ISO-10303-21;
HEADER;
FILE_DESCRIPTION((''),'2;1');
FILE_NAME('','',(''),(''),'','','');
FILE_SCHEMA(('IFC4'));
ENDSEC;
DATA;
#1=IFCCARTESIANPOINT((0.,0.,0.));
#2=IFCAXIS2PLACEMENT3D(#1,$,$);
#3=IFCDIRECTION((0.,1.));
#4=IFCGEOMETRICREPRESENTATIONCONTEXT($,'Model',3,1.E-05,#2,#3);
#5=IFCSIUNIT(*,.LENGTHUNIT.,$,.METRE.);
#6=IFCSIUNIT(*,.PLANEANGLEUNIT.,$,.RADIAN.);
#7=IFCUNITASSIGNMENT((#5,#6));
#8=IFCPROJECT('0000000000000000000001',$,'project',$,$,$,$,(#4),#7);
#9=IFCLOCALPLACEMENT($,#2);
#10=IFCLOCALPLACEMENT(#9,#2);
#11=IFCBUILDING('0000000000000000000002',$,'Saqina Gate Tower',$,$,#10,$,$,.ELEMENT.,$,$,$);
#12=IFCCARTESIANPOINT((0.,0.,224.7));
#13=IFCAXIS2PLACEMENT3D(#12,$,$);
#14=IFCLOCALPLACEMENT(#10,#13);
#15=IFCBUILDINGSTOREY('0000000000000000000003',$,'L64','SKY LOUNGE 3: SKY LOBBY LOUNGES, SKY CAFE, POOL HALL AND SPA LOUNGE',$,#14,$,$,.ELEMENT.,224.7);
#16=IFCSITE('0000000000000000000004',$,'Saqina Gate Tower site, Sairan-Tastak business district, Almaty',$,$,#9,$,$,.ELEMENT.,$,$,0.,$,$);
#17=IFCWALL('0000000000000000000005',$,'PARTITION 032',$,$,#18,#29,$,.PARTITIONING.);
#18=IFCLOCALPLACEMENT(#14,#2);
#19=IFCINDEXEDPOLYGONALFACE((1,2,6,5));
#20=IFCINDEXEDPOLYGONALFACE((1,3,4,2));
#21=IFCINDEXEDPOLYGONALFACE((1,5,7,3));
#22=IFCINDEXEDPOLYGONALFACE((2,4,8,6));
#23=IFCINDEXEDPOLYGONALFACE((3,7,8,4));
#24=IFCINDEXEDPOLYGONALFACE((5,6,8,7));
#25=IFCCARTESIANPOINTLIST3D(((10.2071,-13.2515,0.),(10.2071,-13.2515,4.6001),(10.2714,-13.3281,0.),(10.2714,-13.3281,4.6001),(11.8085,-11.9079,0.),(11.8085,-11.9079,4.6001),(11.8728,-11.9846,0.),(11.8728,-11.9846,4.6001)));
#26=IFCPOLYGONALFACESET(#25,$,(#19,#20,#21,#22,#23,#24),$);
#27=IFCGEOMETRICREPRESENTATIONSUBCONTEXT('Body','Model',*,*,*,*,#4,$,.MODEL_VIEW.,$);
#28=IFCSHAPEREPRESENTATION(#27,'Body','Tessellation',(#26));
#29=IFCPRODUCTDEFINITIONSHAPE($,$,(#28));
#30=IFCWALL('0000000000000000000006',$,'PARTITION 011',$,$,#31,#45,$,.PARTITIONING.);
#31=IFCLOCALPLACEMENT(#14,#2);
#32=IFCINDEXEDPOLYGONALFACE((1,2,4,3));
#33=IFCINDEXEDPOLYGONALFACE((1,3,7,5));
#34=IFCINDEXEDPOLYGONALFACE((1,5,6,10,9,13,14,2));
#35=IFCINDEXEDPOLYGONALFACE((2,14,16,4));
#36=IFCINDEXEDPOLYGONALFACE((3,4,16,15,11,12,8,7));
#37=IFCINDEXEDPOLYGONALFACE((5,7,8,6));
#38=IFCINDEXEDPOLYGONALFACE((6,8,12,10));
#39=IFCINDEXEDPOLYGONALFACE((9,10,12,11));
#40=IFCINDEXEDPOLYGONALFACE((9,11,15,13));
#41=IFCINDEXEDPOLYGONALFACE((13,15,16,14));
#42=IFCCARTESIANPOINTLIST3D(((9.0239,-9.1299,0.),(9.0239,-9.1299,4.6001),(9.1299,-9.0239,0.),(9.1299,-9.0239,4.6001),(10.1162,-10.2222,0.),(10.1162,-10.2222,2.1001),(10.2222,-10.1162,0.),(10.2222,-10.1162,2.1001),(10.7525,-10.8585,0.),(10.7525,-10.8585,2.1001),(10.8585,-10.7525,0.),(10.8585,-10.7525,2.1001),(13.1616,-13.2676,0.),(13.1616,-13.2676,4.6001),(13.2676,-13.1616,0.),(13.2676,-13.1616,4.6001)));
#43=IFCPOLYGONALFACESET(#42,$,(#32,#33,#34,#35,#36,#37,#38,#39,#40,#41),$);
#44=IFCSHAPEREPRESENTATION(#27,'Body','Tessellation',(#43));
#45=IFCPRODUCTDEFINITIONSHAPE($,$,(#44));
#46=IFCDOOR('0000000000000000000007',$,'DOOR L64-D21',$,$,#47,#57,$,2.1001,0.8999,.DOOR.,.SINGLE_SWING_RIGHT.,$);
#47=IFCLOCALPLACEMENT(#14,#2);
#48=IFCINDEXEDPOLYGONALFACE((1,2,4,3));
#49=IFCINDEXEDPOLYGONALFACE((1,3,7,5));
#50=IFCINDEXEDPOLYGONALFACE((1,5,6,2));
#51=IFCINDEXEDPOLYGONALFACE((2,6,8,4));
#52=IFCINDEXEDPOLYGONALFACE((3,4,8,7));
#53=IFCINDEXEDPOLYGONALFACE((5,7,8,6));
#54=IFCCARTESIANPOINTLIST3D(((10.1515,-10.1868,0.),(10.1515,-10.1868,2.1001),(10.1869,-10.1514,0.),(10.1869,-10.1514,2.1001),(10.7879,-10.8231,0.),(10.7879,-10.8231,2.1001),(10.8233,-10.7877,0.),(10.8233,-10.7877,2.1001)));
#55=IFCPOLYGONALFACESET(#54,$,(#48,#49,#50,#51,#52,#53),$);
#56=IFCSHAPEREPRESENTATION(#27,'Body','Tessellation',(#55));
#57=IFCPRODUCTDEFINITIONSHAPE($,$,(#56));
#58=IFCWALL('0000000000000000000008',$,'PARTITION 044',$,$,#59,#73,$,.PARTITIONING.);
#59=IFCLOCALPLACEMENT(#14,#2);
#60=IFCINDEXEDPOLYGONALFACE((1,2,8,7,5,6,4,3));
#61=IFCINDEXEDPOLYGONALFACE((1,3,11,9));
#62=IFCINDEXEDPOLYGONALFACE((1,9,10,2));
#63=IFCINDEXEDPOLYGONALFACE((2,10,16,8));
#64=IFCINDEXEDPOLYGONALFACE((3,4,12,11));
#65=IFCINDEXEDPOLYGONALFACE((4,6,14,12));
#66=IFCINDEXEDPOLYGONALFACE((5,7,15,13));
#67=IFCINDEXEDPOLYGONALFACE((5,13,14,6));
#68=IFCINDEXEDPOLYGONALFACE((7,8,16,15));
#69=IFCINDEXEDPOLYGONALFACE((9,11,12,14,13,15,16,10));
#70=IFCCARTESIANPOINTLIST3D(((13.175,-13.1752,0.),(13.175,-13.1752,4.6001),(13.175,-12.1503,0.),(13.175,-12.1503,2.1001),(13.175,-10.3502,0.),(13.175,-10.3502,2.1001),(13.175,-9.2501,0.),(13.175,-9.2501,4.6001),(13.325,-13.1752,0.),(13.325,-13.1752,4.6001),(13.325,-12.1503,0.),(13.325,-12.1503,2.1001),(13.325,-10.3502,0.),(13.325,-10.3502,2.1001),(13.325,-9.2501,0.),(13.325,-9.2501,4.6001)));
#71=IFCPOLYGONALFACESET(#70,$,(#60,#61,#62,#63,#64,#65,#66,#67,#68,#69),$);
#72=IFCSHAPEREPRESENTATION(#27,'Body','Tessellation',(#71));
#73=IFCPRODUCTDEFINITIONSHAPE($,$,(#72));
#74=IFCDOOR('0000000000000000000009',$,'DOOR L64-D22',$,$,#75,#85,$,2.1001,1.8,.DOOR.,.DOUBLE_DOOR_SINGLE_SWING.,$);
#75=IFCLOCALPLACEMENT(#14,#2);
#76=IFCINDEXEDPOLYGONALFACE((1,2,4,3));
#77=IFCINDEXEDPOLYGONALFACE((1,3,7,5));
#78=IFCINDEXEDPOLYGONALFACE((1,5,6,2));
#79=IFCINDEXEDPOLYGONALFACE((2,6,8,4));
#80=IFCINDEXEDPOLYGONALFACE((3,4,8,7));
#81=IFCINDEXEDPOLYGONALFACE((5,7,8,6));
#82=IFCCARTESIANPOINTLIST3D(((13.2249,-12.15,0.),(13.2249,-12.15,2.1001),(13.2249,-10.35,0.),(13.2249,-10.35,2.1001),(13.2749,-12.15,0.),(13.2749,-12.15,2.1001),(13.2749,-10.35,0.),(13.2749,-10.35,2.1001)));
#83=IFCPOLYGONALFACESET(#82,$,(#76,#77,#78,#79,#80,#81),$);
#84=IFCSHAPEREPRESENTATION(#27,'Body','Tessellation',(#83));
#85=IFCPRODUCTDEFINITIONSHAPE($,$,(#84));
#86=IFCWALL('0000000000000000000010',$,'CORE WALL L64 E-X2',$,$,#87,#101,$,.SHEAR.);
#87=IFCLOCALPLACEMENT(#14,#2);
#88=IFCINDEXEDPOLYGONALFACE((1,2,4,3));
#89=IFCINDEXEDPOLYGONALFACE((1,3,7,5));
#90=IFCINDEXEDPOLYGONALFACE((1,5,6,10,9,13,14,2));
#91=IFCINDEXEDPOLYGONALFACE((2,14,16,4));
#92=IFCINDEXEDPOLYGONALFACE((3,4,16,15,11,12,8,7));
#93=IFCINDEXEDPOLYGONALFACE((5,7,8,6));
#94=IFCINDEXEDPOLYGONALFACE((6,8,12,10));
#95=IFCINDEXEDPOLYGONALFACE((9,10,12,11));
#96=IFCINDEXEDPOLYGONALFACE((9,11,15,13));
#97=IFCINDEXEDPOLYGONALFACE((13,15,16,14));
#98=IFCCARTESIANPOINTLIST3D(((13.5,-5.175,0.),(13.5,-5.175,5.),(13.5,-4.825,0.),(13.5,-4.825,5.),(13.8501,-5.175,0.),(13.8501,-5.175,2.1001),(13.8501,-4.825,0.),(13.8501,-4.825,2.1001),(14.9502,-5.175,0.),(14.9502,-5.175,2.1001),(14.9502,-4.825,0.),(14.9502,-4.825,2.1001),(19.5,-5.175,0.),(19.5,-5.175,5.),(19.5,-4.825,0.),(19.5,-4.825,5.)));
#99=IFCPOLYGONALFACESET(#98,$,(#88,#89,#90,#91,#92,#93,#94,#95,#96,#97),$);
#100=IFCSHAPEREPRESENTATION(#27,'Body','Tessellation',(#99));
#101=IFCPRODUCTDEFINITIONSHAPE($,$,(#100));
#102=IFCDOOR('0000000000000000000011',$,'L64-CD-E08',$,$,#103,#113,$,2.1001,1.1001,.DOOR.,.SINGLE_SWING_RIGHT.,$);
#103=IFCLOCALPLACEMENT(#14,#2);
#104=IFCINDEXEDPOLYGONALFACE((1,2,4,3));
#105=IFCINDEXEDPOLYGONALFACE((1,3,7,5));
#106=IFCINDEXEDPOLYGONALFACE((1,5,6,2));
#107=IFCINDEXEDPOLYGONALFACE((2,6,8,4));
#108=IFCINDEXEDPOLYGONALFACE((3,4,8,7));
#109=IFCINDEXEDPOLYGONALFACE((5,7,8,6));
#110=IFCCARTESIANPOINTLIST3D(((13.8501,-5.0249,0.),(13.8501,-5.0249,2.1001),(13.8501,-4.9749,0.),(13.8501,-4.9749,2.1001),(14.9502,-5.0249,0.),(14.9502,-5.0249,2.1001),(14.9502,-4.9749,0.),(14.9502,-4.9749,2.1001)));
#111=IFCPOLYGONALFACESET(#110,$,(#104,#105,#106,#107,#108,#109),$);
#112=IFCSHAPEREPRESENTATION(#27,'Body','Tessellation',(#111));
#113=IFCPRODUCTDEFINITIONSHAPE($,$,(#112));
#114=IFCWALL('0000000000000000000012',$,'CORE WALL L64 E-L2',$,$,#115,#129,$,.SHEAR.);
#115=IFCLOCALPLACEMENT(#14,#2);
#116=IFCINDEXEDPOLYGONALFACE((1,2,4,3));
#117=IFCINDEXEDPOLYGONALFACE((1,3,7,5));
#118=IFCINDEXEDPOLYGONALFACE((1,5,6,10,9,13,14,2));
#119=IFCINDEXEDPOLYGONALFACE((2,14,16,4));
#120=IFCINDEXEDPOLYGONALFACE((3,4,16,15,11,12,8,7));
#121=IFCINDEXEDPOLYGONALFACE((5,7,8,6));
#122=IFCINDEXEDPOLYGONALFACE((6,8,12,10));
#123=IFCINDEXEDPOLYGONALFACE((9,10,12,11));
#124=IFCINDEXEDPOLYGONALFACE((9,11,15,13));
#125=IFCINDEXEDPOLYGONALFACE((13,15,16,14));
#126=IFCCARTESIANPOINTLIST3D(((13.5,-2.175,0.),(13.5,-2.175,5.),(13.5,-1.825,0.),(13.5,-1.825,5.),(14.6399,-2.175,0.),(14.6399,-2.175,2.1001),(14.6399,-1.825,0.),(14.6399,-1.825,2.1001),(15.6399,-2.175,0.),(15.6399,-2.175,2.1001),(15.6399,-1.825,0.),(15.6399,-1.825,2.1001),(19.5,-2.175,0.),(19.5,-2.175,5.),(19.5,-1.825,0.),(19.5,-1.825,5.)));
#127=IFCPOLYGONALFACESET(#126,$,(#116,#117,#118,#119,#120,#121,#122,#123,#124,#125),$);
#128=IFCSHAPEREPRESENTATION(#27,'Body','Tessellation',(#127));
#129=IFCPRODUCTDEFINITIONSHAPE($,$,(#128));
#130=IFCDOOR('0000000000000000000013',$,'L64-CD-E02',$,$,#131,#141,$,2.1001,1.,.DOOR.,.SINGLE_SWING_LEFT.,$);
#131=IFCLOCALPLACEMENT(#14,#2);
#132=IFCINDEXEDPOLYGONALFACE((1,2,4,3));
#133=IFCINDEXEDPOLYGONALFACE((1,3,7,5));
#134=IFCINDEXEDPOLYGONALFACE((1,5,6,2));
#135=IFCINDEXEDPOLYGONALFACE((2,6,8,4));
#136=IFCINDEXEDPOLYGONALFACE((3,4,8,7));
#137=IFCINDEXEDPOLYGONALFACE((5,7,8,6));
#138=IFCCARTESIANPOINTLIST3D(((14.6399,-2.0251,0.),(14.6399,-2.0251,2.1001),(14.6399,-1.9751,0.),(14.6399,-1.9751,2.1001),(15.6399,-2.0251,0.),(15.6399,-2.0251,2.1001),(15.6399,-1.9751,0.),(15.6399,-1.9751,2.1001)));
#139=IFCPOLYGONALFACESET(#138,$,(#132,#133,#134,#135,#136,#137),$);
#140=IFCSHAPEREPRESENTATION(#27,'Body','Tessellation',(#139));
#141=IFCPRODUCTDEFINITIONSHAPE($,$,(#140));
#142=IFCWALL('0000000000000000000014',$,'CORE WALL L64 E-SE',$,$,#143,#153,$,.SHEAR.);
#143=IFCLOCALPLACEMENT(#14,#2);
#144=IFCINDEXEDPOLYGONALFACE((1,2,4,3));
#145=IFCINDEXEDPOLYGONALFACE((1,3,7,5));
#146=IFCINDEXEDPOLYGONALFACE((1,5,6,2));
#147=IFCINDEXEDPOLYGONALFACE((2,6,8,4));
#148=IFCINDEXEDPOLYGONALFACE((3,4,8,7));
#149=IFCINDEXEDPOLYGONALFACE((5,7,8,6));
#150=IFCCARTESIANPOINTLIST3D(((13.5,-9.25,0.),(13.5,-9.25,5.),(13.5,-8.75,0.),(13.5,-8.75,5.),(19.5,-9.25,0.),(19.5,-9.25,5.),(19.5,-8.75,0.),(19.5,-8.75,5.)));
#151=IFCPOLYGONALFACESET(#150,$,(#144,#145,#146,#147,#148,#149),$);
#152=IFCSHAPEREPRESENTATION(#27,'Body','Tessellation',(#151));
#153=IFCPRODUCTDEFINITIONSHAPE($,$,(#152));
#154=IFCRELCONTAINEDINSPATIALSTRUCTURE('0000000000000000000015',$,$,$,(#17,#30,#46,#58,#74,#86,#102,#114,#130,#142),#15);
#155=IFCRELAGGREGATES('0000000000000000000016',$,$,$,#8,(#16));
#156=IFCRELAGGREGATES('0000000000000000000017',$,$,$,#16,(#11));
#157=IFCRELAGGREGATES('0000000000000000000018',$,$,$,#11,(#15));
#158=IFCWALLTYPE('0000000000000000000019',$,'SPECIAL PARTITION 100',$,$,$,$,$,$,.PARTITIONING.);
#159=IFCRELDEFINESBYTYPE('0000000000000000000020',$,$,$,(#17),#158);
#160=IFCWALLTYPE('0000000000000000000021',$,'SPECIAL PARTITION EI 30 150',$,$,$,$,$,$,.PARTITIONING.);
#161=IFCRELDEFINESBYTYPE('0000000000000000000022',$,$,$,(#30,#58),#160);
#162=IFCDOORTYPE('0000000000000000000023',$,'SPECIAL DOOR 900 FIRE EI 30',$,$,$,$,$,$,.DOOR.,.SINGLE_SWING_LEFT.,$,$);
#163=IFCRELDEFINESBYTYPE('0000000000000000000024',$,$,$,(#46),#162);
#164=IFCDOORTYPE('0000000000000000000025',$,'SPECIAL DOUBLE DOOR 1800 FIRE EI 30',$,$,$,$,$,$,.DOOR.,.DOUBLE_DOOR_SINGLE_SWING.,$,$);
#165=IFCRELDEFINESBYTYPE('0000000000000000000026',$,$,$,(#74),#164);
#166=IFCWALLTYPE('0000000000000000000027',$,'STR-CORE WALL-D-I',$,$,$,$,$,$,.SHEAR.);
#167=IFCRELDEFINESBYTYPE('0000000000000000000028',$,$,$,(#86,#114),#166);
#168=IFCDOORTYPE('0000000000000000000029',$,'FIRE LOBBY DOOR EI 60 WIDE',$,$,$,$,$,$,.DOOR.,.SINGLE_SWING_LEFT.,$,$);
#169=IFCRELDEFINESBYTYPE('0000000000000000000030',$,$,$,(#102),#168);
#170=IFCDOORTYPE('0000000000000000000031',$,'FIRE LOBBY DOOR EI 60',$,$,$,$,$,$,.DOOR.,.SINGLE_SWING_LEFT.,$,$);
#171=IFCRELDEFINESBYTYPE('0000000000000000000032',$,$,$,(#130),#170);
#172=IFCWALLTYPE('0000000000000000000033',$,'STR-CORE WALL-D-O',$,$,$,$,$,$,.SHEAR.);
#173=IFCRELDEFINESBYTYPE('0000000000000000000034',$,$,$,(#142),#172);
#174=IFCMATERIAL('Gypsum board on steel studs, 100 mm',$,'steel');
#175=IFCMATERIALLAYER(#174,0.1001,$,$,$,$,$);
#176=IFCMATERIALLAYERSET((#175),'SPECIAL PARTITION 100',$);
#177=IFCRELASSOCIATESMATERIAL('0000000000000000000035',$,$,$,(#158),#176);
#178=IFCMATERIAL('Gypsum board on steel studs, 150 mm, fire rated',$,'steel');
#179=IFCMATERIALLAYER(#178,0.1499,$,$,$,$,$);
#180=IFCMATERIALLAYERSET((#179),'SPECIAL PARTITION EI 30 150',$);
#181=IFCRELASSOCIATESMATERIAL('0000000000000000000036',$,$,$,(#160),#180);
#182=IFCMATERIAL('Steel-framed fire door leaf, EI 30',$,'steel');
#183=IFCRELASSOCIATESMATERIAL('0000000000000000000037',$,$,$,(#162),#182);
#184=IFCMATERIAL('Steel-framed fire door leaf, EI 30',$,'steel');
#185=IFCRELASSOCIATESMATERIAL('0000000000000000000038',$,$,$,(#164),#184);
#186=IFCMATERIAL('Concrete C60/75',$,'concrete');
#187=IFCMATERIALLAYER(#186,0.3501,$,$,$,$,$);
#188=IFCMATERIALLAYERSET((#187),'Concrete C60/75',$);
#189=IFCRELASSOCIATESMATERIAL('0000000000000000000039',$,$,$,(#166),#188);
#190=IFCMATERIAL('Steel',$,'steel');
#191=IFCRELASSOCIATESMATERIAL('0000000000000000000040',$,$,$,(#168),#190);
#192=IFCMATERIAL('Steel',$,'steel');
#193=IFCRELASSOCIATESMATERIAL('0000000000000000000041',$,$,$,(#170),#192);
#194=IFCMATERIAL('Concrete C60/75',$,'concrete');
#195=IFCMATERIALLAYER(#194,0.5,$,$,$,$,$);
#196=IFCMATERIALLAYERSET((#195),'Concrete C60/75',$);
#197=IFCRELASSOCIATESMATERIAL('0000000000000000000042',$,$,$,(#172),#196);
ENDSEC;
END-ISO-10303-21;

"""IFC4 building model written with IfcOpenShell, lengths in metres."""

from ifc_helpers import new_model, si_unit, direction, frame, frame_2d, origin, place, context, subcontext, project, spatial, rectangle, extrude, material, layer, layer_set, type_object, element, fill, save


model = new_model("IFC4")

# Units and contexts
model_context = context("Model", 3, precision=1e-05, world=origin(), true_north=direction((0.0, 1.0)))
body_context = subcontext(model_context, "Body", "Model", "MODEL_VIEW")
ifc_project = project(units=[si_unit("LENGTHUNIT", "METRE"), si_unit("PLANEANGLEUNIT", "RADIAN")], contexts=[model_context])

# Site, building, storey
site_placement = place(None, origin())
site = spatial("IfcSite", under=ifc_project, at=site_placement, Name="Saqina Gate Tower site, Sairan-Tastak business district, Almaty", CompositionType="ELEMENT", RefElevation=0.0)
building_placement = place(site_placement, origin())
building = spatial("IfcBuilding", under=site, at=building_placement, Name="Saqina Gate Tower", CompositionType="ELEMENT")
storey_placement = place(building_placement, frame((0.0, 0.0, 224.7)))
storey = spatial("IfcBuildingStorey", under=building, at=storey_placement, Name="L64", Description="SKY LOUNGE 3: SKY LOBBY LOUNGES, SKY CAFE, POOL HALL AND SPA LOUNGE", CompositionType="ELEMENT", Elevation=224.7)

# Wall
ifc_material_1 = material(Name="Gypsum board on steel studs, 100 mm", Category="steel")
ifc_layer_1 = layer(ifc_material_1, 0.1001)
ifc_layer_set_1 = layer_set([ifc_layer_1], Name="SPECIAL PARTITION 100")
wall_type_1 = type_object("IfcWallType", Name="SPECIAL PARTITION 100", PredefinedType="PARTITIONING", material=ifc_layer_set_1)
wall_1_placement = place(storey_placement, frame((10.2393, -13.2898, 0.0), z_axis=(0.0, 0.0, 1.0), x_axis=(0.766082, 0.642743, 0.0)))
element("IfcWall", 1, at=wall_1_placement, inside=storey, type_object=wall_type_1, Name="PARTITION 032", PredefinedType="PARTITIONING", context=body_context, shape_type="SweptSolid", body=[
    extrude(rectangle(XDim=2.0903, YDim=0.1001, at=frame_2d((1.0452, 0.0))), origin(), (0.0, 0.0, 1.0), 4.6001),
])

# Walls, openings, doors
ifc_material_2 = material(Name="Gypsum board on steel studs, 150 mm, fire rated", Category="steel")
ifc_layer_2 = layer(ifc_material_2, 0.1499)
ifc_layer_set_2 = layer_set([ifc_layer_2], Name="SPECIAL PARTITION EI 30 150")
wall_type_2 = type_object("IfcWallType", Name="SPECIAL PARTITION EI 30 150", PredefinedType="PARTITIONING", material=ifc_layer_set_2)
wall_2_placement = place(storey_placement, frame((9.0769, -9.0769, 0.0), z_axis=(0.0, 0.0, 1.0), x_axis=(0.707107, -0.707107, 0.0)))
wall_2 = element("IfcWall", 2, at=wall_2_placement, inside=storey, type_object=wall_type_2, Name="PARTITION 011", PredefinedType="PARTITIONING", context=body_context, shape_type="SweptSolid", body=[
    extrude(rectangle(XDim=5.8516, YDim=0.1499, at=frame_2d((2.9258, 0.0))), origin(), (0.0, 0.0, 1.0), 4.6001),
])
opening_1_placement = place(wall_2_placement, frame((1.5447, 0.0, 0.0)))
opening_1 = element("IfcOpeningElement", 3, at=opening_1_placement, cuts=wall_2, PredefinedType="OPENING", context=body_context, shape_type="SweptSolid", body=[
    extrude(rectangle(XDim=0.8999, YDim=2.1001, at=frame_2d((0.45, 1.05))), frame((0.0, 0.0869, 0.0), z_axis=(0.0, -1.0, 0.0), x_axis=(1.0, 0.0, 0.0)), (0.0, 0.0, 1.0), 0.1738),
])
ifc_material_3 = material(Name="Steel-framed fire door leaf, EI 30", Category="steel")
door_type_1 = type_object("IfcDoorType", Name="SPECIAL DOOR 900 FIRE EI 30", OperationType="SINGLE_SWING_LEFT", PredefinedType="DOOR", material=ifc_material_3)
door_1_placement = place(opening_1_placement, frame((0.8999, 0.0, 0.0), z_axis=(0.0, 0.0, 1.0), x_axis=(-1.0, 0.0, 0.0)))
door_1 = element("IfcDoor", 4, at=door_1_placement, inside=storey, type_object=door_type_1, Name="DOOR L64-D21", OperationType="SINGLE_SWING_RIGHT", OverallHeight=2.1001, OverallWidth=0.8999, PredefinedType="DOOR", context=body_context, shape_type="SweptSolid", body=[
    extrude(rectangle(XDim=0.8999, YDim=2.1001, at=frame_2d((0.45, 1.05))), frame((0.0, 0.0249, 0.0), z_axis=(0.0, -1.0, 0.0), x_axis=(1.0, 0.0, 0.0)), (0.0, 0.0, 1.0), 0.05),
])
fill(opening_1, door_1)
wall_3_placement = place(storey_placement, frame((13.25, -13.175, 0.0), z_axis=(0.0, 0.0, 1.0), x_axis=(0.0, 1.0, 0.0)))
wall_3 = element("IfcWall", 5, at=wall_3_placement, inside=storey, type_object=wall_type_2, Name="PARTITION 044", PredefinedType="PARTITIONING", context=body_context, shape_type="SweptSolid", body=[
    extrude(rectangle(XDim=3.925, YDim=0.1499, at=frame_2d((1.9624, 0.0))), origin(), (0.0, 0.0, 1.0), 4.6001),
])
opening_2_placement = place(wall_3_placement, frame((1.0249, 0.0, 0.0)))
opening_2 = element("IfcOpeningElement", 6, at=opening_2_placement, cuts=wall_3, PredefinedType="OPENING", context=body_context, shape_type="SweptSolid", body=[
    extrude(rectangle(XDim=1.8, YDim=2.1001, at=frame_2d((0.8999, 1.05))), frame((0.0, 0.0869, 0.0), z_axis=(0.0, -1.0, 0.0), x_axis=(1.0, 0.0, 0.0)), (0.0, 0.0, 1.0), 0.1738),
])
ifc_material_4 = material(Name="Steel-framed fire door leaf, EI 30", Category="steel")
door_type_2 = type_object("IfcDoorType", Name="SPECIAL DOUBLE DOOR 1800 FIRE EI 30", OperationType="DOUBLE_DOOR_SINGLE_SWING", PredefinedType="DOOR", material=ifc_material_4)
door_2_placement = place(opening_2_placement, frame((1.8, 0.0, 0.0), z_axis=(0.0, 0.0, 1.0), x_axis=(-1.0, 0.0, 0.0)))
door_2 = element("IfcDoor", 7, at=door_2_placement, inside=storey, type_object=door_type_2, Name="DOOR L64-D22", OperationType="DOUBLE_DOOR_SINGLE_SWING", OverallHeight=2.1001, OverallWidth=1.8, PredefinedType="DOOR", context=body_context, shape_type="SweptSolid", body=[
    extrude(rectangle(XDim=1.8, YDim=2.1001, at=frame_2d((0.8999, 1.05))), frame((0.0, 0.0249, 0.0), z_axis=(0.0, -1.0, 0.0), x_axis=(1.0, 0.0, 0.0)), (0.0, 0.0, 1.0), 0.05),
])
fill(opening_2, door_2)
ifc_material_5 = material(Name="Concrete C60/75", Category="concrete")
ifc_layer_3 = layer(ifc_material_5, 0.3501)
ifc_layer_set_3 = layer_set([ifc_layer_3], Name="Concrete C60/75")
wall_type_3 = type_object("IfcWallType", Name="STR-CORE WALL-D-I", PredefinedType="SHEAR", material=ifc_layer_set_3)
wall_4_placement = place(storey_placement, frame((13.5, -5.0, 0.0), z_axis=(0.0, 0.0, 1.0), x_axis=(1.0, 0.0, 0.0)))
wall_4 = element("IfcWall", 8, at=wall_4_placement, inside=storey, type_object=wall_type_3, Name="CORE WALL L64 E-X2", PredefinedType="SHEAR", context=body_context, shape_type="SweptSolid", body=[
    extrude(rectangle(XDim=6.0, YDim=0.3501, at=frame_2d((3.0, 0.0))), origin(), (0.0, 0.0, 1.0), 5.0),
])
opening_3_placement = place(wall_4_placement, frame((0.3501, 0.0, 0.0)))
opening_3 = element("IfcOpeningElement", 9, at=opening_3_placement, cuts=wall_4, PredefinedType="OPENING", context=body_context, shape_type="SweptSolid", body=[
    extrude(rectangle(XDim=1.1001, YDim=2.1001, at=frame_2d((0.55, 1.05))), frame((0.0, 0.187, 0.0), z_axis=(0.0, -1.0, 0.0), x_axis=(1.0, 0.0, 0.0)), (0.0, 0.0, 1.0), 0.374),
])
ifc_material_6 = material(Name="Steel", Category="steel")
door_type_3 = type_object("IfcDoorType", Name="FIRE LOBBY DOOR EI 60 WIDE", OperationType="SINGLE_SWING_LEFT", PredefinedType="DOOR", material=ifc_material_6)
door_3_placement = place(opening_3_placement, frame((1.1001, 0.0, 0.0), z_axis=(0.0, 0.0, 1.0), x_axis=(-1.0, 0.0, 0.0)))
door_3 = element("IfcDoor", 10, at=door_3_placement, inside=storey, type_object=door_type_3, Name="L64-CD-E08", OperationType="SINGLE_SWING_RIGHT", OverallHeight=2.1001, OverallWidth=1.1001, PredefinedType="DOOR", context=body_context, shape_type="SweptSolid", body=[
    extrude(rectangle(XDim=1.1001, YDim=2.1001, at=frame_2d((0.55, 1.05))), frame((0.0, 0.0249, 0.0), z_axis=(0.0, -1.0, 0.0), x_axis=(1.0, 0.0, 0.0)), (0.0, 0.0, 1.0), 0.05),
])
fill(opening_3, door_3)
wall_5_placement = place(storey_placement, frame((13.5, -2.0, 0.0), z_axis=(0.0, 0.0, 1.0), x_axis=(1.0, 0.0, 0.0)))
wall_5 = element("IfcWall", 11, at=wall_5_placement, inside=storey, type_object=wall_type_3, Name="CORE WALL L64 E-L2", PredefinedType="SHEAR", context=body_context, shape_type="SweptSolid", body=[
    extrude(rectangle(XDim=6.0, YDim=0.3501, at=frame_2d((3.0, 0.0))), origin(), (0.0, 0.0, 1.0), 5.0),
])
opening_4_placement = place(wall_5_placement, frame((1.1399, 0.0, 0.0)))
opening_4 = element("IfcOpeningElement", 12, at=opening_4_placement, cuts=wall_5, PredefinedType="OPENING", context=body_context, shape_type="SweptSolid", body=[
    extrude(rectangle(XDim=1.0, YDim=2.1001, at=frame_2d((0.5, 1.05))), frame((0.0, 0.187, 0.0), z_axis=(0.0, -1.0, 0.0), x_axis=(1.0, 0.0, 0.0)), (0.0, 0.0, 1.0), 0.374),
])
ifc_material_7 = material(Name="Steel", Category="steel")
door_type_4 = type_object("IfcDoorType", Name="FIRE LOBBY DOOR EI 60", OperationType="SINGLE_SWING_LEFT", PredefinedType="DOOR", material=ifc_material_7)
door_4_placement = place(opening_4_placement, origin())
door_4 = element("IfcDoor", 13, at=door_4_placement, inside=storey, type_object=door_type_4, Name="L64-CD-E02", OperationType="SINGLE_SWING_LEFT", OverallHeight=2.1001, OverallWidth=1.0, PredefinedType="DOOR", context=body_context, shape_type="SweptSolid", body=[
    extrude(rectangle(XDim=1.0, YDim=2.1001, at=frame_2d((0.5, 1.05))), frame((0.0, 0.0249, 0.0), z_axis=(0.0, -1.0, 0.0), x_axis=(1.0, 0.0, 0.0)), (0.0, 0.0, 1.0), 0.05),
])
fill(opening_4, door_4)

# Shared definitions
ifc_material_8 = material(Name="Concrete C60/75", Category="concrete")
ifc_layer_4 = layer(ifc_material_8, 0.5)
ifc_layer_set_4 = layer_set([ifc_layer_4], Name="Concrete C60/75")
wall_type_4 = type_object("IfcWallType", Name="STR-CORE WALL-D-O", PredefinedType="SHEAR", material=ifc_layer_set_4)

# Wall
wall_6_placement = place(storey_placement, frame((13.5, -9.0, 0.0), z_axis=(0.0, 0.0, 1.0), x_axis=(1.0, 0.0, 0.0)))
element("IfcWall", 14, at=wall_6_placement, inside=storey, type_object=wall_type_4, Name="CORE WALL L64 E-SE", PredefinedType="SHEAR", context=body_context, shape_type="SweptSolid", body=[
    extrude(rectangle(XDim=6.0, YDim=0.5, at=frame_2d((3.0, 0.0))), origin(), (0.0, 0.0, 1.0), 5.0),
])

save(model, "model.ifc")
